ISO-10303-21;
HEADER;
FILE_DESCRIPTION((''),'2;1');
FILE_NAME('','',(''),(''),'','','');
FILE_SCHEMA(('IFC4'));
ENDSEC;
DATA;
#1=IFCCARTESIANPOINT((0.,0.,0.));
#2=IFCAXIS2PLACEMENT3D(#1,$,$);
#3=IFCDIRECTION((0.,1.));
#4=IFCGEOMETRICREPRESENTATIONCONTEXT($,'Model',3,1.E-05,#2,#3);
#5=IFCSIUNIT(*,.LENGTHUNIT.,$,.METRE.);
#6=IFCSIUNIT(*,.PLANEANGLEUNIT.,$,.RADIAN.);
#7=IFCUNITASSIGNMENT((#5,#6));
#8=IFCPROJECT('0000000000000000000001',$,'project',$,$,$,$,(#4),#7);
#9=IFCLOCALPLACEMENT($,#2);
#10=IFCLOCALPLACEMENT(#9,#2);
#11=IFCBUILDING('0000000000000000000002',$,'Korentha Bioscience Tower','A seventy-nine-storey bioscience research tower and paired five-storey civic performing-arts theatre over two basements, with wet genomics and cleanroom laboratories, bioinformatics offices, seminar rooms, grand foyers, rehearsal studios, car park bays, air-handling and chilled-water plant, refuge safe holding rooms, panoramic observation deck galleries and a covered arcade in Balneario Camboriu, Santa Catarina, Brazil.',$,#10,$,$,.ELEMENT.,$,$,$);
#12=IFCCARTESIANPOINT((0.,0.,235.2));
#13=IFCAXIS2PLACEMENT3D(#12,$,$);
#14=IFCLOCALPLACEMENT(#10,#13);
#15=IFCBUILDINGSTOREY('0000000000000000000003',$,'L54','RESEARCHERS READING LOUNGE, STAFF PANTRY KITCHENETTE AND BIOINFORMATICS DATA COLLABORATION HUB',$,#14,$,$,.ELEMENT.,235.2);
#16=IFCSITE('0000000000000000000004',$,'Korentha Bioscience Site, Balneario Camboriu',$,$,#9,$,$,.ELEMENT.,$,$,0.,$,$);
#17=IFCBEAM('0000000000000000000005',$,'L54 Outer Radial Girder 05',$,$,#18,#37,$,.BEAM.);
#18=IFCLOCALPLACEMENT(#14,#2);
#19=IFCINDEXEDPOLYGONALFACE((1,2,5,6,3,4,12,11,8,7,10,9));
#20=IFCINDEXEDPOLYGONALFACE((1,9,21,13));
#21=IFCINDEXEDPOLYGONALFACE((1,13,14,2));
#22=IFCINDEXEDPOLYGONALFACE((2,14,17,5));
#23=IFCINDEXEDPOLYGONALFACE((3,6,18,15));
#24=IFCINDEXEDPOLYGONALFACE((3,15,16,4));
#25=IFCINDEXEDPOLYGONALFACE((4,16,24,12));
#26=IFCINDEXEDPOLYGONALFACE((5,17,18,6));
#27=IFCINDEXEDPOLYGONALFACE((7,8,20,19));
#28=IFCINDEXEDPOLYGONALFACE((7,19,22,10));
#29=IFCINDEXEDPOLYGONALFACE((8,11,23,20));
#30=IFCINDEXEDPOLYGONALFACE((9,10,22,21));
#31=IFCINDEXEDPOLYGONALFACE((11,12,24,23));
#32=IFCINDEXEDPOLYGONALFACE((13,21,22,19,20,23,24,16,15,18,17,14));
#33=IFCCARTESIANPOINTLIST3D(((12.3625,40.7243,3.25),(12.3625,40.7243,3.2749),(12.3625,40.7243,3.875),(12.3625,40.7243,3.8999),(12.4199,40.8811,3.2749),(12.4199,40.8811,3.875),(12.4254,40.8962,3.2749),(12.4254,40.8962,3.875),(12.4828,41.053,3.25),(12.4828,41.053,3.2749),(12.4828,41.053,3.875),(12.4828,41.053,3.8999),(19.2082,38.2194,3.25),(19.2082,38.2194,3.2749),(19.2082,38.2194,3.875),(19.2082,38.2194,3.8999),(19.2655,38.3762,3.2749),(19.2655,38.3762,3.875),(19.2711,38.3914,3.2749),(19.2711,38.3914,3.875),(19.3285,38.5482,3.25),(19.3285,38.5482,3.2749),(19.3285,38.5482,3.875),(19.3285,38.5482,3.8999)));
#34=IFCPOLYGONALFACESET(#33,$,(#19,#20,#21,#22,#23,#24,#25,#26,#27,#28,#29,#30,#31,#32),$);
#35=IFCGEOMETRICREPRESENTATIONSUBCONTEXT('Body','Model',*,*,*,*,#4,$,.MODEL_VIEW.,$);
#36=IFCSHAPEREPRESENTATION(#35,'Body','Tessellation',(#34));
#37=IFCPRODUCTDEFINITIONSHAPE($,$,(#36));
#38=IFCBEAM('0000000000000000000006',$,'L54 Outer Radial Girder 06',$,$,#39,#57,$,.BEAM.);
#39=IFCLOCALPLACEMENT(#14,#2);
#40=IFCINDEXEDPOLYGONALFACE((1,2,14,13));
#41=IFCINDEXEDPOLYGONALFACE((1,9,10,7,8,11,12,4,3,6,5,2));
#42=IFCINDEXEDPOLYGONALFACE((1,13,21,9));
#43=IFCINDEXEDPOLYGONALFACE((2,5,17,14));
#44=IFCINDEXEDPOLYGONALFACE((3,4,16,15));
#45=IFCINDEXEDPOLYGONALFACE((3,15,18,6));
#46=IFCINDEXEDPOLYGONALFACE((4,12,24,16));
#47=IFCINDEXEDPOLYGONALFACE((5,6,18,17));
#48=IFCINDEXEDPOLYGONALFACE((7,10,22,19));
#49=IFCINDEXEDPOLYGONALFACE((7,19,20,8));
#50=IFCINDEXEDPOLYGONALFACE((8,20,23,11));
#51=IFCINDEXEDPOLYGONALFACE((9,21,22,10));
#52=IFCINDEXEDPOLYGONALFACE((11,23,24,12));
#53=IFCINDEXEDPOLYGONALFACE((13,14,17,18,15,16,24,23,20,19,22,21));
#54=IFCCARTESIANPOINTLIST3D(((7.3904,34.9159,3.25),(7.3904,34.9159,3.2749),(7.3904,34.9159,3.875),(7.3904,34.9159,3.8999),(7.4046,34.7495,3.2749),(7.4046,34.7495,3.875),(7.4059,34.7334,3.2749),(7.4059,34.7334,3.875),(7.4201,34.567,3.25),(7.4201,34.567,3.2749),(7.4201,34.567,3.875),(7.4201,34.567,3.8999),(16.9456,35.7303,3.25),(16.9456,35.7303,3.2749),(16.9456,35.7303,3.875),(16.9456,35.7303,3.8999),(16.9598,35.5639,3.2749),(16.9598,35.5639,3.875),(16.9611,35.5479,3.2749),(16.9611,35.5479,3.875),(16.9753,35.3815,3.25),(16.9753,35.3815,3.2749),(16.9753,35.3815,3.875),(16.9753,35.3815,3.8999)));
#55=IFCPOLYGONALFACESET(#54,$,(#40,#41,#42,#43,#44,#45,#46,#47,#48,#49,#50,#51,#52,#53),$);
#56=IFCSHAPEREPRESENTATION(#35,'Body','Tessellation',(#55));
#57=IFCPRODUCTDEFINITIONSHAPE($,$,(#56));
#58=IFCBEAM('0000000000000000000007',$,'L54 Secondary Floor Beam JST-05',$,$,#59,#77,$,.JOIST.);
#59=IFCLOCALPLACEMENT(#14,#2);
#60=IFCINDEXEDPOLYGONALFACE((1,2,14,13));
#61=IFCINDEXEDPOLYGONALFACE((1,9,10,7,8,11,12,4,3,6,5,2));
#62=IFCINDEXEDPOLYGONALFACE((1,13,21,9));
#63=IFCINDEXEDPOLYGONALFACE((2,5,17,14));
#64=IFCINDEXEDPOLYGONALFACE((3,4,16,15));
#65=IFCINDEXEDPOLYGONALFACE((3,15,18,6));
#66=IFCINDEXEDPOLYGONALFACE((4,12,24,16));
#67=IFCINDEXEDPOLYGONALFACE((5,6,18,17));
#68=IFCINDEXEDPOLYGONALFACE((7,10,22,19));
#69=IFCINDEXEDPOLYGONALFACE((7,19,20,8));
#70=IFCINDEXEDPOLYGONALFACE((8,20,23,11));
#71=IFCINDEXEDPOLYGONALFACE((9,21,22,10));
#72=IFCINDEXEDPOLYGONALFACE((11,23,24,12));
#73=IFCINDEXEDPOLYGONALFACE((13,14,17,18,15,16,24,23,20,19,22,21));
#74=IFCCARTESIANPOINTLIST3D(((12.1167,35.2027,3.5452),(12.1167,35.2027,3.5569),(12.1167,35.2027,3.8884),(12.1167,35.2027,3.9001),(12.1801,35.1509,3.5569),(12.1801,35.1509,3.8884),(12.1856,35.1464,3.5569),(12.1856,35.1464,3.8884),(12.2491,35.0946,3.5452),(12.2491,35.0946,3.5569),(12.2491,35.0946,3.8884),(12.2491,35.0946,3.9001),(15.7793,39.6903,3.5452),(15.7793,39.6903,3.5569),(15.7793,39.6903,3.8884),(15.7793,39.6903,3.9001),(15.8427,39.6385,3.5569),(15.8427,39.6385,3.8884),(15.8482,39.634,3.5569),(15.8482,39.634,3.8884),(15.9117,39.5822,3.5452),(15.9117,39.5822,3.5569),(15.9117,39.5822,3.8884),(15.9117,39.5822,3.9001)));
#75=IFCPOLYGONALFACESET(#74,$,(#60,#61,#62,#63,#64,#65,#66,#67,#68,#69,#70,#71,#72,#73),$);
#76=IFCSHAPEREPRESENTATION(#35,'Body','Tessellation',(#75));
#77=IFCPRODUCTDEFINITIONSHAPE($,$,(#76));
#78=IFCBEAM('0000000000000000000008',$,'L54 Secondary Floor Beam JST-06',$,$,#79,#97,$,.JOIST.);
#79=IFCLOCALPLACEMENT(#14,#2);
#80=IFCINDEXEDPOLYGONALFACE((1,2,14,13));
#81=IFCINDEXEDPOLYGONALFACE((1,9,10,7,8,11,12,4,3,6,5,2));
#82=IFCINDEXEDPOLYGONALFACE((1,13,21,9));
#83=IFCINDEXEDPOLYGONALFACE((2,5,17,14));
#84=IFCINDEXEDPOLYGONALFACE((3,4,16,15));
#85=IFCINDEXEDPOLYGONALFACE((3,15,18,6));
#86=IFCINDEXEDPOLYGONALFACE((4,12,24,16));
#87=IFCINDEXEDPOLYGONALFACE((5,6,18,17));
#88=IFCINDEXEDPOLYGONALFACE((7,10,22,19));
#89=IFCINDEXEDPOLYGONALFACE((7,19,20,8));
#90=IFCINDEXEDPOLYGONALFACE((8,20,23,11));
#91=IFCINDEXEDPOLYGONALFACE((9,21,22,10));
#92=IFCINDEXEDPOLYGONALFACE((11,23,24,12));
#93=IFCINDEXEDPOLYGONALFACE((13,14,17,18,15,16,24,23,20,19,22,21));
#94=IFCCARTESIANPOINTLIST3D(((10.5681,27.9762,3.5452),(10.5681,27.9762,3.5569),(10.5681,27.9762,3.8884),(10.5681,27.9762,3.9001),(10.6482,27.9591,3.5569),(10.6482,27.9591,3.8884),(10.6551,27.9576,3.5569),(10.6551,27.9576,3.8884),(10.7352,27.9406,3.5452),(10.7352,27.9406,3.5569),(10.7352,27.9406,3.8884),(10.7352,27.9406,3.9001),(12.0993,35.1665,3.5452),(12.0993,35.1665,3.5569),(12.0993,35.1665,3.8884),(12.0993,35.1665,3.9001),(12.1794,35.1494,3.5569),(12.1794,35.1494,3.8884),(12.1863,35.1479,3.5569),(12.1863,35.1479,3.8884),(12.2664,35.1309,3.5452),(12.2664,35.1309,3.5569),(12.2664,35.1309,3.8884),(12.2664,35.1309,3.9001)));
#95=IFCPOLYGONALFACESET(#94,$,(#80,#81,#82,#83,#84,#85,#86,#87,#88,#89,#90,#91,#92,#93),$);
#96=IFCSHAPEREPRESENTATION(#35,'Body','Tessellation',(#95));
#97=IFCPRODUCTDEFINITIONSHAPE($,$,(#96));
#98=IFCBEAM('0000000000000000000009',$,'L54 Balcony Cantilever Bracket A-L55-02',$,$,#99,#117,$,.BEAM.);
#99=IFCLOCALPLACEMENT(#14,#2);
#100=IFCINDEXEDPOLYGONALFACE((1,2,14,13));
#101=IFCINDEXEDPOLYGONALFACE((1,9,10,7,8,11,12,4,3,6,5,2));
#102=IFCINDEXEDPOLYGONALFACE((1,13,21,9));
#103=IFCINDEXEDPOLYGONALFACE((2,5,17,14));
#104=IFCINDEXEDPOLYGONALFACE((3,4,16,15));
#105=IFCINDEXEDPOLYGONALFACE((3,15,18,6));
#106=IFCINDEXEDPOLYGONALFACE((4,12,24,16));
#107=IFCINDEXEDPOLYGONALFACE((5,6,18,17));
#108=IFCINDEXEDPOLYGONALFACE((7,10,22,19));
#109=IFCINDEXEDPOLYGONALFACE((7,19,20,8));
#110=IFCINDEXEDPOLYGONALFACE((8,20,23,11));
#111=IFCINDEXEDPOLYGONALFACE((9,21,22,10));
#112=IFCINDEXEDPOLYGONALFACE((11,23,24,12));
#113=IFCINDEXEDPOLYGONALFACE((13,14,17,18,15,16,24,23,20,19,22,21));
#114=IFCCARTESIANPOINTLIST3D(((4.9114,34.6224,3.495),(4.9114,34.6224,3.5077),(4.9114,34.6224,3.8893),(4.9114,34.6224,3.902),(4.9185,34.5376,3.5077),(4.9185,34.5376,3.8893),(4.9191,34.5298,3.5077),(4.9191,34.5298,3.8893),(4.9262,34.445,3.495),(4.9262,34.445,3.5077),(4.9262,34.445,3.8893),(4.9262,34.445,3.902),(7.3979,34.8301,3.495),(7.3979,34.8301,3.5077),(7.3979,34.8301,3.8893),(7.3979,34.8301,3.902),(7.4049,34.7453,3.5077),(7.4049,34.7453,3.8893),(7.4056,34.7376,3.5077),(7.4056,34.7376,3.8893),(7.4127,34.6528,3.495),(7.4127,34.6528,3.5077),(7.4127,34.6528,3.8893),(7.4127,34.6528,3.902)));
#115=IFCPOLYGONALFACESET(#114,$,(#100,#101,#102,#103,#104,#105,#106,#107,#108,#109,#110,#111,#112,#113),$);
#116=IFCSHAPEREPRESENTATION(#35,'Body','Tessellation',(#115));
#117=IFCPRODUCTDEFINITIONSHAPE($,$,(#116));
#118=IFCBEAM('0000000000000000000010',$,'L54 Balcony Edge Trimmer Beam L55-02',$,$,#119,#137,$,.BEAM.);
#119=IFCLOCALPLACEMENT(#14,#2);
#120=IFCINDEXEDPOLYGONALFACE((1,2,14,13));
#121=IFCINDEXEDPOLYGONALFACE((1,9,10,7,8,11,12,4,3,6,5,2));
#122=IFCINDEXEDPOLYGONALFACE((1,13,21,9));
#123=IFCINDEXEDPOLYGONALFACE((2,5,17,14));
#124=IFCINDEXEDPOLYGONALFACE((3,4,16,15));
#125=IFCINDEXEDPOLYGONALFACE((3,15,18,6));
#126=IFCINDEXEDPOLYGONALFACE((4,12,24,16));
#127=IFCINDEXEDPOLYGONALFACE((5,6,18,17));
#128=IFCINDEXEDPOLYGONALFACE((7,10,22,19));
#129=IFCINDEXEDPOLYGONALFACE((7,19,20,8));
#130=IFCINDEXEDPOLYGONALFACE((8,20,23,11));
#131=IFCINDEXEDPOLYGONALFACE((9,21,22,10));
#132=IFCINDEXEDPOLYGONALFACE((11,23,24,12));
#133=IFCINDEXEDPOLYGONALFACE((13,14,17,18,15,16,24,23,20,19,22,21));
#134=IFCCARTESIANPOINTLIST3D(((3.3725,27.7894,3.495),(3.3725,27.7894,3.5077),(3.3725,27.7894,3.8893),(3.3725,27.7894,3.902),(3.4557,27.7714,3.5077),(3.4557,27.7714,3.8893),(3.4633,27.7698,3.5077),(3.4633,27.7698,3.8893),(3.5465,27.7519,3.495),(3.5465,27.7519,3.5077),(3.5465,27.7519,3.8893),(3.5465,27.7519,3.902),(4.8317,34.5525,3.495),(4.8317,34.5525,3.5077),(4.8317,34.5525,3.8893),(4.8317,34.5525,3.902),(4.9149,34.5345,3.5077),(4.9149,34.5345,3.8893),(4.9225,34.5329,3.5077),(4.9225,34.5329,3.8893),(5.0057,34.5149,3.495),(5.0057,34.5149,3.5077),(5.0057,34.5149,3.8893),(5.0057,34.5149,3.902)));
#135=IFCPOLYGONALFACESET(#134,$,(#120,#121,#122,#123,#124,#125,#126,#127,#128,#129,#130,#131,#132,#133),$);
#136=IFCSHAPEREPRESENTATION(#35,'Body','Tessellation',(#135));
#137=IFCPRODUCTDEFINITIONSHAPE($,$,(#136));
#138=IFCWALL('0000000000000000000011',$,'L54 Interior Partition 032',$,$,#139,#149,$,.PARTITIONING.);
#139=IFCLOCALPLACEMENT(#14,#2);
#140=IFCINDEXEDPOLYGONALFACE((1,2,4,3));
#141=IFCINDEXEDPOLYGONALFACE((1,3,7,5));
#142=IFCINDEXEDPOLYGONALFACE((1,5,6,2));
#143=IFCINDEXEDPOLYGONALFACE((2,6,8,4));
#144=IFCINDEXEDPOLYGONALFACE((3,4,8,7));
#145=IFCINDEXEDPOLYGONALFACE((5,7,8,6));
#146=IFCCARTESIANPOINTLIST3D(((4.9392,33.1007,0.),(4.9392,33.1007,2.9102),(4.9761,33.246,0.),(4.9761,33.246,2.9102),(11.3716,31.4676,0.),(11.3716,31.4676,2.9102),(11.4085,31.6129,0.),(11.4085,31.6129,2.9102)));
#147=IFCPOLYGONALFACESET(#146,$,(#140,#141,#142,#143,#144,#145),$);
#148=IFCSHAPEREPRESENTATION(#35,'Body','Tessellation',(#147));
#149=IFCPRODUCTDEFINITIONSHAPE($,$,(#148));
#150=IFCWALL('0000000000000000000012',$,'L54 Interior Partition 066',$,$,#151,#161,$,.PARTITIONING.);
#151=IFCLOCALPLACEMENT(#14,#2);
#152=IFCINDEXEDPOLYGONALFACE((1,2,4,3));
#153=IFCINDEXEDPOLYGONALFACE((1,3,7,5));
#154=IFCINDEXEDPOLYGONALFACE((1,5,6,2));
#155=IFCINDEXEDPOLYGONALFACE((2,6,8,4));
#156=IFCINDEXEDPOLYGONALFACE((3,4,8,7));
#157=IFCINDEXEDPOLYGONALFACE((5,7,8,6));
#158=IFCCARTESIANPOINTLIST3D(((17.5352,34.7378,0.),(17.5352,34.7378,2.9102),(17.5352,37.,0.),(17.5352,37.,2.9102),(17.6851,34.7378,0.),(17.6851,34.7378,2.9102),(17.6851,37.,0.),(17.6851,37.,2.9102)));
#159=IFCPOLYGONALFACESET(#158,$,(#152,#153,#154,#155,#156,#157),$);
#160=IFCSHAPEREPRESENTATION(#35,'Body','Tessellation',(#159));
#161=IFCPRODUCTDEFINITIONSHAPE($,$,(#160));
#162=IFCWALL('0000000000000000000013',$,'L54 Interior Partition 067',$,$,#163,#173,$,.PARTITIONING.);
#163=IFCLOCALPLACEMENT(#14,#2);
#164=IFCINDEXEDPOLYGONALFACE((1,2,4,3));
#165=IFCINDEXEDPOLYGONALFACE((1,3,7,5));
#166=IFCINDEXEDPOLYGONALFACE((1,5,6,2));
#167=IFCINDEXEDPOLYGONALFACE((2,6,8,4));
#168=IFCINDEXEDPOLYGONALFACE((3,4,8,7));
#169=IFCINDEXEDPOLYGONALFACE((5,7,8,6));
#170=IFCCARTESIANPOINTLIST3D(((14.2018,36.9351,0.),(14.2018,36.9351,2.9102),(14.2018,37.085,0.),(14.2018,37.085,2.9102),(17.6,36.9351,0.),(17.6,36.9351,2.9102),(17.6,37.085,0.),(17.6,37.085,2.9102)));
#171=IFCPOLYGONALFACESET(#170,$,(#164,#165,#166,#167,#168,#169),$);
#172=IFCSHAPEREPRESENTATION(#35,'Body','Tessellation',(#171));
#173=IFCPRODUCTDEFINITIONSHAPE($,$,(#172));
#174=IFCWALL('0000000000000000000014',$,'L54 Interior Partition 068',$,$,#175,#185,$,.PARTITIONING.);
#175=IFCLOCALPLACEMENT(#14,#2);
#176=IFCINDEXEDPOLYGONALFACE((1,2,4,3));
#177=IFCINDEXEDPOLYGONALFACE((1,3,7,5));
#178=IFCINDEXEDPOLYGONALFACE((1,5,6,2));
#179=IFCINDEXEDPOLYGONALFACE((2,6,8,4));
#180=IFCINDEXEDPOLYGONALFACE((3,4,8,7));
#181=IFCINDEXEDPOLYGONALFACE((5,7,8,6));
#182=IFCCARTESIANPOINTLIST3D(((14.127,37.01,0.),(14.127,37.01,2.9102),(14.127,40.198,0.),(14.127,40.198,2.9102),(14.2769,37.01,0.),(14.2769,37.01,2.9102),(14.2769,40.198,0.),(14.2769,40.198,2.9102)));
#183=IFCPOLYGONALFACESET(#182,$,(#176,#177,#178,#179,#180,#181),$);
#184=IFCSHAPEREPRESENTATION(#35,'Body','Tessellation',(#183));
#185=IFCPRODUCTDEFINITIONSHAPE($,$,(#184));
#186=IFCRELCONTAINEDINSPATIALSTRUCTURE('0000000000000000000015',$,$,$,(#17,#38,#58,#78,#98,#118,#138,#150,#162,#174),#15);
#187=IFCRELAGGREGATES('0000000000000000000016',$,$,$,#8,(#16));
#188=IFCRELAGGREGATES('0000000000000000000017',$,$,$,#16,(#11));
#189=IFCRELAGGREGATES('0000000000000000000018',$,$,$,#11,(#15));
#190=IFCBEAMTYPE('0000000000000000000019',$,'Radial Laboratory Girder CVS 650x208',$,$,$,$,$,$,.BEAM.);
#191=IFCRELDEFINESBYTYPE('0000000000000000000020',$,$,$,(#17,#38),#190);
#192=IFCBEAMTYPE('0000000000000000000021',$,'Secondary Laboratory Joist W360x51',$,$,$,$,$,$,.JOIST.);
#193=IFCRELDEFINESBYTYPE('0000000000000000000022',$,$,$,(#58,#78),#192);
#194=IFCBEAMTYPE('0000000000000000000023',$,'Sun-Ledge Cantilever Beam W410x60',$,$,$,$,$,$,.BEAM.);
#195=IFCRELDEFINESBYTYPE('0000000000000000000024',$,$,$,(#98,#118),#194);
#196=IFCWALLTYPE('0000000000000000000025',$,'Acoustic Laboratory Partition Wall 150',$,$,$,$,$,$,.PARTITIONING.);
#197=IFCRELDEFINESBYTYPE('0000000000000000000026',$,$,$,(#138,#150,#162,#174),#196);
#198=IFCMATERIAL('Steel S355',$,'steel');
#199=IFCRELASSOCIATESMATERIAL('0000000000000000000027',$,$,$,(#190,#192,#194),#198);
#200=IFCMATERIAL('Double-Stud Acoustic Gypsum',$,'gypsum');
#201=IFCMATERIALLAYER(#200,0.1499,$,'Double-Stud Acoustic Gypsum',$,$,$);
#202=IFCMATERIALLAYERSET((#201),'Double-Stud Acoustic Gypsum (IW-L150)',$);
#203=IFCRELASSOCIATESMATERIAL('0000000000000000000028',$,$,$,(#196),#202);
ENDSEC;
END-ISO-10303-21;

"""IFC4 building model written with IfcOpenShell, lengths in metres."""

from ifc_helpers import new_model, si_unit, direction, frame, frame_2d, origin, origin_2d, place, context, subcontext, project, spatial, rectangle, i_section, extrude, material, layer, layer_set, material_profile, profile_set, type_object, element, save


model = new_model("IFC4")

# Units and contexts
model_context = context("Model", 3, precision=1e-05, world=origin(), true_north=direction((0.0, 1.0)))
body_context = subcontext(model_context, "Body", "Model", "MODEL_VIEW")
ifc_project = project(units=[si_unit("LENGTHUNIT", "METRE"), si_unit("PLANEANGLEUNIT", "RADIAN")], contexts=[model_context])

# Site, building, storey
site_placement = place(None, origin())
site = spatial("IfcSite", under=ifc_project, at=site_placement, Name="Korentha Bioscience Site, Balneario Camboriu", CompositionType="ELEMENT", RefElevation=0.0)
building_placement = place(site_placement, origin())
building = spatial("IfcBuilding", under=site, at=building_placement, Name="Korentha Bioscience Tower", Description="A seventy-nine-storey bioscience research tower and paired five-storey civic performing-arts theatre over two basements, with wet genomics and cleanroom laboratories, bioinformatics offices, seminar rooms, grand foyers, rehearsal studios, car park bays, air-handling and chilled-water plant, refuge safe holding rooms, panoramic observation deck galleries and a covered arcade in Balneario Camboriu, Santa Catarina, Brazil.", CompositionType="ELEMENT")
storey_placement = place(building_placement, frame((0.0, 0.0, 235.2)))
storey = spatial("IfcBuildingStorey", under=building, at=storey_placement, Name="L54", Description="RESEARCHERS READING LOUNGE, STAFF PANTRY KITCHENETTE AND BIOINFORMATICS DATA COLLABORATION HUB", CompositionType="ELEMENT", Elevation=235.2)

# Beams
ifc_material_1 = material(Name="Steel S355", Category="steel")
ifc_material_profile_1 = material_profile(ifc_material_1, i_section(OverallWidth=0.3501, OverallDepth=0.6499, WebThickness=0.0161, FlangeThickness=0.0249, at=origin_2d()), Name="Steel S355")
ifc_profile_set_1 = profile_set([ifc_material_profile_1], Name="Steel S355 (RB-650)")
beam_type_1 = type_object("IfcBeamType", Name="Radial Laboratory Girder CVS 650x208", PredefinedType="BEAM", material=ifc_profile_set_1)
beam_1_placement = place(storey_placement, frame((19.2683, 38.3838, 3.575), z_axis=(-0.939107, 0.343625, 0.0), x_axis=(-0.343625, -0.939107, 0.0)))
element("IfcBeam", 1, at=beam_1_placement, inside=storey, type_object=beam_type_1, Name="L54 Outer Radial Girder 05", PredefinedType="BEAM", context=body_context, shape_type="SweptSolid", body=[
    extrude(i_section(OverallWidth=0.3501, OverallDepth=0.6499, WebThickness=0.0161, FlangeThickness=0.0249, at=origin_2d()), origin(), (0.0, 0.0, 1.0), 7.2896),
])
beam_2_placement = place(storey_placement, frame((16.9604, 35.5559, 3.575), z_axis=(-0.996387, -0.084929, 0.0), x_axis=(0.084929, -0.996387, 0.0)))
element("IfcBeam", 2, at=beam_2_placement, inside=storey, type_object=beam_type_1, Name="L54 Outer Radial Girder 06", PredefinedType="BEAM", context=body_context, shape_type="SweptSolid", body=[
    extrude(i_section(OverallWidth=0.3501, OverallDepth=0.6499, WebThickness=0.0161, FlangeThickness=0.0249, at=origin_2d()), origin(), (0.0, 0.0, 1.0), 9.5898),
])
ifc_material_profile_2 = material_profile(ifc_material_1, i_section(OverallWidth=0.1709, OverallDepth=0.355, WebThickness=0.0071, FlangeThickness=0.0117, at=origin_2d()), Name="Steel S355")
ifc_profile_set_2 = profile_set([ifc_material_profile_2], Name="Steel S355 (JB-360)")
beam_type_2 = type_object("IfcBeamType", Name="Secondary Laboratory Joist W360x51", PredefinedType="JOIST", material=ifc_profile_set_2)
beam_3_placement = place(storey_placement, frame((15.8455, 39.6362, 3.7227), z_axis=(-0.632303, -0.774721, 0.0), x_axis=(0.774721, -0.632303, 0.0)))
element("IfcBeam", 3, at=beam_3_placement, inside=storey, type_object=beam_type_2, Name="L54 Secondary Floor Beam JST-05", PredefinedType="JOIST", context=body_context, shape_type="SweptSolid", body=[
    extrude(i_section(OverallWidth=0.1709, OverallDepth=0.355, WebThickness=0.0071, FlangeThickness=0.0117, at=origin_2d()), origin(), (0.0, 0.0, 1.0), 5.7925),
])
beam_4_placement = place(storey_placement, frame((12.1829, 35.1487, 3.7227), z_axis=(-0.208286, -0.978068, 0.0), x_axis=(0.978068, -0.208286, 0.0)))
element("IfcBeam", 4, at=beam_4_placement, inside=storey, type_object=beam_type_2, Name="L54 Secondary Floor Beam JST-06", PredefinedType="JOIST", context=body_context, shape_type="SweptSolid", body=[
    extrude(i_section(OverallWidth=0.1709, OverallDepth=0.355, WebThickness=0.0071, FlangeThickness=0.0117, at=origin_2d()), origin(), (0.0, 0.0, 1.0), 7.3516),
])
ifc_material_profile_3 = material_profile(ifc_material_1, i_section(OverallWidth=0.178, OverallDepth=0.407, WebThickness=0.0078, FlangeThickness=0.0127, at=origin_2d()), Name="Steel S355")
ifc_profile_set_3 = profile_set([ifc_material_profile_3], Name="Steel S355 (CB-410)")
beam_type_3 = type_object("IfcBeamType", Name="Sun-Ledge Cantilever Beam W410x60", PredefinedType="BEAM", material=ifc_profile_set_3)
beam_5_placement = place(storey_placement, frame((7.4053, 34.7415, 3.6985), z_axis=(-0.996528, -0.083264, 0.0), x_axis=(0.083264, -0.996528, 0.0)))
element("IfcBeam", 5, at=beam_5_placement, inside=storey, type_object=beam_type_3, Name="L54 Balcony Cantilever Bracket A-L55-02", PredefinedType="BEAM", context=body_context, shape_type="SweptSolid", body=[
    extrude(i_section(OverallWidth=0.178, OverallDepth=0.407, WebThickness=0.0078, FlangeThickness=0.0127, at=origin_2d()), origin(), (0.0, 0.0, 1.0), 2.4951),
])
beam_6_placement = place(storey_placement, frame((4.9187, 34.5337, 3.6985), z_axis=(-0.210907, -0.977506, 0.0), x_axis=(0.977506, -0.210907, 0.0)))
element("IfcBeam", 6, at=beam_6_placement, inside=storey, type_object=beam_type_3, Name="L54 Balcony Edge Trimmer Beam L55-02", PredefinedType="BEAM", context=body_context, shape_type="SweptSolid", body=[
    extrude(i_section(OverallWidth=0.178, OverallDepth=0.407, WebThickness=0.0078, FlangeThickness=0.0127, at=origin_2d()), origin(), (0.0, 0.0, 1.0), 6.9187),
])

# Walls
ifc_material_2 = material(Name="Double-Stud Acoustic Gypsum", Category="gypsum")
ifc_layer_1 = layer(ifc_material_2, 0.1499, Name="Double-Stud Acoustic Gypsum")
ifc_layer_set_1 = layer_set([ifc_layer_1], Name="Double-Stud Acoustic Gypsum (IW-L150)")
wall_type_1 = type_object("IfcWallType", Name="Acoustic Laboratory Partition Wall 150", PredefinedType="PARTITIONING", material=ifc_layer_set_1)
wall_1_placement = place(storey_placement, frame((4.9575, 33.1733, 0.0), z_axis=(0.0, 0.0, 1.0), x_axis=(0.969251, -0.246074, 0.0)))
element("IfcWall", 7, at=wall_1_placement, inside=storey, type_object=wall_type_1, Name="L54 Interior Partition 032", PredefinedType="PARTITIONING", context=body_context, shape_type="SweptSolid", body=[
    extrude(rectangle(XDim=6.6365, YDim=0.1499, at=frame_2d((3.3184, 0.0))), origin(), (0.0, 0.0, 1.0), 2.9102),
])
wall_2_placement = place(storey_placement, frame((17.6101, 34.7378, 0.0), z_axis=(0.0, 0.0, 1.0), x_axis=(0.0, 1.0, 0.0)))
element("IfcWall", 8, at=wall_2_placement, inside=storey, type_object=wall_type_1, Name="L54 Interior Partition 066", PredefinedType="PARTITIONING", context=body_context, shape_type="SweptSolid", body=[
    extrude(rectangle(XDim=2.2622, YDim=0.1499, at=frame_2d((1.1311, 0.0))), origin(), (0.0, 0.0, 1.0), 2.9102),
])
wall_3_placement = place(storey_placement, frame((17.6001, 37.01, 0.0), z_axis=(0.0, 0.0, 1.0), x_axis=(-1.0, 0.0, 0.0)))
element("IfcWall", 9, at=wall_3_placement, inside=storey, type_object=wall_type_1, Name="L54 Interior Partition 067", PredefinedType="PARTITIONING", context=body_context, shape_type="SweptSolid", body=[
    extrude(rectangle(XDim=3.3982, YDim=0.1499, at=frame_2d((1.6992, 0.0))), origin(), (0.0, 0.0, 1.0), 2.9102),
])
wall_4_placement = place(storey_placement, frame((14.2019, 37.01, 0.0), z_axis=(0.0, 0.0, 1.0), x_axis=(0.0, 1.0, 0.0)))
element("IfcWall", 10, at=wall_4_placement, inside=storey, type_object=wall_type_1, Name="L54 Interior Partition 068", PredefinedType="PARTITIONING", context=body_context, shape_type="SweptSolid", body=[
    extrude(rectangle(XDim=3.188, YDim=0.1499, at=frame_2d((1.594, 0.0))), origin(), (0.0, 0.0, 1.0), 2.9102),
])

save(model, "model.ifc")
